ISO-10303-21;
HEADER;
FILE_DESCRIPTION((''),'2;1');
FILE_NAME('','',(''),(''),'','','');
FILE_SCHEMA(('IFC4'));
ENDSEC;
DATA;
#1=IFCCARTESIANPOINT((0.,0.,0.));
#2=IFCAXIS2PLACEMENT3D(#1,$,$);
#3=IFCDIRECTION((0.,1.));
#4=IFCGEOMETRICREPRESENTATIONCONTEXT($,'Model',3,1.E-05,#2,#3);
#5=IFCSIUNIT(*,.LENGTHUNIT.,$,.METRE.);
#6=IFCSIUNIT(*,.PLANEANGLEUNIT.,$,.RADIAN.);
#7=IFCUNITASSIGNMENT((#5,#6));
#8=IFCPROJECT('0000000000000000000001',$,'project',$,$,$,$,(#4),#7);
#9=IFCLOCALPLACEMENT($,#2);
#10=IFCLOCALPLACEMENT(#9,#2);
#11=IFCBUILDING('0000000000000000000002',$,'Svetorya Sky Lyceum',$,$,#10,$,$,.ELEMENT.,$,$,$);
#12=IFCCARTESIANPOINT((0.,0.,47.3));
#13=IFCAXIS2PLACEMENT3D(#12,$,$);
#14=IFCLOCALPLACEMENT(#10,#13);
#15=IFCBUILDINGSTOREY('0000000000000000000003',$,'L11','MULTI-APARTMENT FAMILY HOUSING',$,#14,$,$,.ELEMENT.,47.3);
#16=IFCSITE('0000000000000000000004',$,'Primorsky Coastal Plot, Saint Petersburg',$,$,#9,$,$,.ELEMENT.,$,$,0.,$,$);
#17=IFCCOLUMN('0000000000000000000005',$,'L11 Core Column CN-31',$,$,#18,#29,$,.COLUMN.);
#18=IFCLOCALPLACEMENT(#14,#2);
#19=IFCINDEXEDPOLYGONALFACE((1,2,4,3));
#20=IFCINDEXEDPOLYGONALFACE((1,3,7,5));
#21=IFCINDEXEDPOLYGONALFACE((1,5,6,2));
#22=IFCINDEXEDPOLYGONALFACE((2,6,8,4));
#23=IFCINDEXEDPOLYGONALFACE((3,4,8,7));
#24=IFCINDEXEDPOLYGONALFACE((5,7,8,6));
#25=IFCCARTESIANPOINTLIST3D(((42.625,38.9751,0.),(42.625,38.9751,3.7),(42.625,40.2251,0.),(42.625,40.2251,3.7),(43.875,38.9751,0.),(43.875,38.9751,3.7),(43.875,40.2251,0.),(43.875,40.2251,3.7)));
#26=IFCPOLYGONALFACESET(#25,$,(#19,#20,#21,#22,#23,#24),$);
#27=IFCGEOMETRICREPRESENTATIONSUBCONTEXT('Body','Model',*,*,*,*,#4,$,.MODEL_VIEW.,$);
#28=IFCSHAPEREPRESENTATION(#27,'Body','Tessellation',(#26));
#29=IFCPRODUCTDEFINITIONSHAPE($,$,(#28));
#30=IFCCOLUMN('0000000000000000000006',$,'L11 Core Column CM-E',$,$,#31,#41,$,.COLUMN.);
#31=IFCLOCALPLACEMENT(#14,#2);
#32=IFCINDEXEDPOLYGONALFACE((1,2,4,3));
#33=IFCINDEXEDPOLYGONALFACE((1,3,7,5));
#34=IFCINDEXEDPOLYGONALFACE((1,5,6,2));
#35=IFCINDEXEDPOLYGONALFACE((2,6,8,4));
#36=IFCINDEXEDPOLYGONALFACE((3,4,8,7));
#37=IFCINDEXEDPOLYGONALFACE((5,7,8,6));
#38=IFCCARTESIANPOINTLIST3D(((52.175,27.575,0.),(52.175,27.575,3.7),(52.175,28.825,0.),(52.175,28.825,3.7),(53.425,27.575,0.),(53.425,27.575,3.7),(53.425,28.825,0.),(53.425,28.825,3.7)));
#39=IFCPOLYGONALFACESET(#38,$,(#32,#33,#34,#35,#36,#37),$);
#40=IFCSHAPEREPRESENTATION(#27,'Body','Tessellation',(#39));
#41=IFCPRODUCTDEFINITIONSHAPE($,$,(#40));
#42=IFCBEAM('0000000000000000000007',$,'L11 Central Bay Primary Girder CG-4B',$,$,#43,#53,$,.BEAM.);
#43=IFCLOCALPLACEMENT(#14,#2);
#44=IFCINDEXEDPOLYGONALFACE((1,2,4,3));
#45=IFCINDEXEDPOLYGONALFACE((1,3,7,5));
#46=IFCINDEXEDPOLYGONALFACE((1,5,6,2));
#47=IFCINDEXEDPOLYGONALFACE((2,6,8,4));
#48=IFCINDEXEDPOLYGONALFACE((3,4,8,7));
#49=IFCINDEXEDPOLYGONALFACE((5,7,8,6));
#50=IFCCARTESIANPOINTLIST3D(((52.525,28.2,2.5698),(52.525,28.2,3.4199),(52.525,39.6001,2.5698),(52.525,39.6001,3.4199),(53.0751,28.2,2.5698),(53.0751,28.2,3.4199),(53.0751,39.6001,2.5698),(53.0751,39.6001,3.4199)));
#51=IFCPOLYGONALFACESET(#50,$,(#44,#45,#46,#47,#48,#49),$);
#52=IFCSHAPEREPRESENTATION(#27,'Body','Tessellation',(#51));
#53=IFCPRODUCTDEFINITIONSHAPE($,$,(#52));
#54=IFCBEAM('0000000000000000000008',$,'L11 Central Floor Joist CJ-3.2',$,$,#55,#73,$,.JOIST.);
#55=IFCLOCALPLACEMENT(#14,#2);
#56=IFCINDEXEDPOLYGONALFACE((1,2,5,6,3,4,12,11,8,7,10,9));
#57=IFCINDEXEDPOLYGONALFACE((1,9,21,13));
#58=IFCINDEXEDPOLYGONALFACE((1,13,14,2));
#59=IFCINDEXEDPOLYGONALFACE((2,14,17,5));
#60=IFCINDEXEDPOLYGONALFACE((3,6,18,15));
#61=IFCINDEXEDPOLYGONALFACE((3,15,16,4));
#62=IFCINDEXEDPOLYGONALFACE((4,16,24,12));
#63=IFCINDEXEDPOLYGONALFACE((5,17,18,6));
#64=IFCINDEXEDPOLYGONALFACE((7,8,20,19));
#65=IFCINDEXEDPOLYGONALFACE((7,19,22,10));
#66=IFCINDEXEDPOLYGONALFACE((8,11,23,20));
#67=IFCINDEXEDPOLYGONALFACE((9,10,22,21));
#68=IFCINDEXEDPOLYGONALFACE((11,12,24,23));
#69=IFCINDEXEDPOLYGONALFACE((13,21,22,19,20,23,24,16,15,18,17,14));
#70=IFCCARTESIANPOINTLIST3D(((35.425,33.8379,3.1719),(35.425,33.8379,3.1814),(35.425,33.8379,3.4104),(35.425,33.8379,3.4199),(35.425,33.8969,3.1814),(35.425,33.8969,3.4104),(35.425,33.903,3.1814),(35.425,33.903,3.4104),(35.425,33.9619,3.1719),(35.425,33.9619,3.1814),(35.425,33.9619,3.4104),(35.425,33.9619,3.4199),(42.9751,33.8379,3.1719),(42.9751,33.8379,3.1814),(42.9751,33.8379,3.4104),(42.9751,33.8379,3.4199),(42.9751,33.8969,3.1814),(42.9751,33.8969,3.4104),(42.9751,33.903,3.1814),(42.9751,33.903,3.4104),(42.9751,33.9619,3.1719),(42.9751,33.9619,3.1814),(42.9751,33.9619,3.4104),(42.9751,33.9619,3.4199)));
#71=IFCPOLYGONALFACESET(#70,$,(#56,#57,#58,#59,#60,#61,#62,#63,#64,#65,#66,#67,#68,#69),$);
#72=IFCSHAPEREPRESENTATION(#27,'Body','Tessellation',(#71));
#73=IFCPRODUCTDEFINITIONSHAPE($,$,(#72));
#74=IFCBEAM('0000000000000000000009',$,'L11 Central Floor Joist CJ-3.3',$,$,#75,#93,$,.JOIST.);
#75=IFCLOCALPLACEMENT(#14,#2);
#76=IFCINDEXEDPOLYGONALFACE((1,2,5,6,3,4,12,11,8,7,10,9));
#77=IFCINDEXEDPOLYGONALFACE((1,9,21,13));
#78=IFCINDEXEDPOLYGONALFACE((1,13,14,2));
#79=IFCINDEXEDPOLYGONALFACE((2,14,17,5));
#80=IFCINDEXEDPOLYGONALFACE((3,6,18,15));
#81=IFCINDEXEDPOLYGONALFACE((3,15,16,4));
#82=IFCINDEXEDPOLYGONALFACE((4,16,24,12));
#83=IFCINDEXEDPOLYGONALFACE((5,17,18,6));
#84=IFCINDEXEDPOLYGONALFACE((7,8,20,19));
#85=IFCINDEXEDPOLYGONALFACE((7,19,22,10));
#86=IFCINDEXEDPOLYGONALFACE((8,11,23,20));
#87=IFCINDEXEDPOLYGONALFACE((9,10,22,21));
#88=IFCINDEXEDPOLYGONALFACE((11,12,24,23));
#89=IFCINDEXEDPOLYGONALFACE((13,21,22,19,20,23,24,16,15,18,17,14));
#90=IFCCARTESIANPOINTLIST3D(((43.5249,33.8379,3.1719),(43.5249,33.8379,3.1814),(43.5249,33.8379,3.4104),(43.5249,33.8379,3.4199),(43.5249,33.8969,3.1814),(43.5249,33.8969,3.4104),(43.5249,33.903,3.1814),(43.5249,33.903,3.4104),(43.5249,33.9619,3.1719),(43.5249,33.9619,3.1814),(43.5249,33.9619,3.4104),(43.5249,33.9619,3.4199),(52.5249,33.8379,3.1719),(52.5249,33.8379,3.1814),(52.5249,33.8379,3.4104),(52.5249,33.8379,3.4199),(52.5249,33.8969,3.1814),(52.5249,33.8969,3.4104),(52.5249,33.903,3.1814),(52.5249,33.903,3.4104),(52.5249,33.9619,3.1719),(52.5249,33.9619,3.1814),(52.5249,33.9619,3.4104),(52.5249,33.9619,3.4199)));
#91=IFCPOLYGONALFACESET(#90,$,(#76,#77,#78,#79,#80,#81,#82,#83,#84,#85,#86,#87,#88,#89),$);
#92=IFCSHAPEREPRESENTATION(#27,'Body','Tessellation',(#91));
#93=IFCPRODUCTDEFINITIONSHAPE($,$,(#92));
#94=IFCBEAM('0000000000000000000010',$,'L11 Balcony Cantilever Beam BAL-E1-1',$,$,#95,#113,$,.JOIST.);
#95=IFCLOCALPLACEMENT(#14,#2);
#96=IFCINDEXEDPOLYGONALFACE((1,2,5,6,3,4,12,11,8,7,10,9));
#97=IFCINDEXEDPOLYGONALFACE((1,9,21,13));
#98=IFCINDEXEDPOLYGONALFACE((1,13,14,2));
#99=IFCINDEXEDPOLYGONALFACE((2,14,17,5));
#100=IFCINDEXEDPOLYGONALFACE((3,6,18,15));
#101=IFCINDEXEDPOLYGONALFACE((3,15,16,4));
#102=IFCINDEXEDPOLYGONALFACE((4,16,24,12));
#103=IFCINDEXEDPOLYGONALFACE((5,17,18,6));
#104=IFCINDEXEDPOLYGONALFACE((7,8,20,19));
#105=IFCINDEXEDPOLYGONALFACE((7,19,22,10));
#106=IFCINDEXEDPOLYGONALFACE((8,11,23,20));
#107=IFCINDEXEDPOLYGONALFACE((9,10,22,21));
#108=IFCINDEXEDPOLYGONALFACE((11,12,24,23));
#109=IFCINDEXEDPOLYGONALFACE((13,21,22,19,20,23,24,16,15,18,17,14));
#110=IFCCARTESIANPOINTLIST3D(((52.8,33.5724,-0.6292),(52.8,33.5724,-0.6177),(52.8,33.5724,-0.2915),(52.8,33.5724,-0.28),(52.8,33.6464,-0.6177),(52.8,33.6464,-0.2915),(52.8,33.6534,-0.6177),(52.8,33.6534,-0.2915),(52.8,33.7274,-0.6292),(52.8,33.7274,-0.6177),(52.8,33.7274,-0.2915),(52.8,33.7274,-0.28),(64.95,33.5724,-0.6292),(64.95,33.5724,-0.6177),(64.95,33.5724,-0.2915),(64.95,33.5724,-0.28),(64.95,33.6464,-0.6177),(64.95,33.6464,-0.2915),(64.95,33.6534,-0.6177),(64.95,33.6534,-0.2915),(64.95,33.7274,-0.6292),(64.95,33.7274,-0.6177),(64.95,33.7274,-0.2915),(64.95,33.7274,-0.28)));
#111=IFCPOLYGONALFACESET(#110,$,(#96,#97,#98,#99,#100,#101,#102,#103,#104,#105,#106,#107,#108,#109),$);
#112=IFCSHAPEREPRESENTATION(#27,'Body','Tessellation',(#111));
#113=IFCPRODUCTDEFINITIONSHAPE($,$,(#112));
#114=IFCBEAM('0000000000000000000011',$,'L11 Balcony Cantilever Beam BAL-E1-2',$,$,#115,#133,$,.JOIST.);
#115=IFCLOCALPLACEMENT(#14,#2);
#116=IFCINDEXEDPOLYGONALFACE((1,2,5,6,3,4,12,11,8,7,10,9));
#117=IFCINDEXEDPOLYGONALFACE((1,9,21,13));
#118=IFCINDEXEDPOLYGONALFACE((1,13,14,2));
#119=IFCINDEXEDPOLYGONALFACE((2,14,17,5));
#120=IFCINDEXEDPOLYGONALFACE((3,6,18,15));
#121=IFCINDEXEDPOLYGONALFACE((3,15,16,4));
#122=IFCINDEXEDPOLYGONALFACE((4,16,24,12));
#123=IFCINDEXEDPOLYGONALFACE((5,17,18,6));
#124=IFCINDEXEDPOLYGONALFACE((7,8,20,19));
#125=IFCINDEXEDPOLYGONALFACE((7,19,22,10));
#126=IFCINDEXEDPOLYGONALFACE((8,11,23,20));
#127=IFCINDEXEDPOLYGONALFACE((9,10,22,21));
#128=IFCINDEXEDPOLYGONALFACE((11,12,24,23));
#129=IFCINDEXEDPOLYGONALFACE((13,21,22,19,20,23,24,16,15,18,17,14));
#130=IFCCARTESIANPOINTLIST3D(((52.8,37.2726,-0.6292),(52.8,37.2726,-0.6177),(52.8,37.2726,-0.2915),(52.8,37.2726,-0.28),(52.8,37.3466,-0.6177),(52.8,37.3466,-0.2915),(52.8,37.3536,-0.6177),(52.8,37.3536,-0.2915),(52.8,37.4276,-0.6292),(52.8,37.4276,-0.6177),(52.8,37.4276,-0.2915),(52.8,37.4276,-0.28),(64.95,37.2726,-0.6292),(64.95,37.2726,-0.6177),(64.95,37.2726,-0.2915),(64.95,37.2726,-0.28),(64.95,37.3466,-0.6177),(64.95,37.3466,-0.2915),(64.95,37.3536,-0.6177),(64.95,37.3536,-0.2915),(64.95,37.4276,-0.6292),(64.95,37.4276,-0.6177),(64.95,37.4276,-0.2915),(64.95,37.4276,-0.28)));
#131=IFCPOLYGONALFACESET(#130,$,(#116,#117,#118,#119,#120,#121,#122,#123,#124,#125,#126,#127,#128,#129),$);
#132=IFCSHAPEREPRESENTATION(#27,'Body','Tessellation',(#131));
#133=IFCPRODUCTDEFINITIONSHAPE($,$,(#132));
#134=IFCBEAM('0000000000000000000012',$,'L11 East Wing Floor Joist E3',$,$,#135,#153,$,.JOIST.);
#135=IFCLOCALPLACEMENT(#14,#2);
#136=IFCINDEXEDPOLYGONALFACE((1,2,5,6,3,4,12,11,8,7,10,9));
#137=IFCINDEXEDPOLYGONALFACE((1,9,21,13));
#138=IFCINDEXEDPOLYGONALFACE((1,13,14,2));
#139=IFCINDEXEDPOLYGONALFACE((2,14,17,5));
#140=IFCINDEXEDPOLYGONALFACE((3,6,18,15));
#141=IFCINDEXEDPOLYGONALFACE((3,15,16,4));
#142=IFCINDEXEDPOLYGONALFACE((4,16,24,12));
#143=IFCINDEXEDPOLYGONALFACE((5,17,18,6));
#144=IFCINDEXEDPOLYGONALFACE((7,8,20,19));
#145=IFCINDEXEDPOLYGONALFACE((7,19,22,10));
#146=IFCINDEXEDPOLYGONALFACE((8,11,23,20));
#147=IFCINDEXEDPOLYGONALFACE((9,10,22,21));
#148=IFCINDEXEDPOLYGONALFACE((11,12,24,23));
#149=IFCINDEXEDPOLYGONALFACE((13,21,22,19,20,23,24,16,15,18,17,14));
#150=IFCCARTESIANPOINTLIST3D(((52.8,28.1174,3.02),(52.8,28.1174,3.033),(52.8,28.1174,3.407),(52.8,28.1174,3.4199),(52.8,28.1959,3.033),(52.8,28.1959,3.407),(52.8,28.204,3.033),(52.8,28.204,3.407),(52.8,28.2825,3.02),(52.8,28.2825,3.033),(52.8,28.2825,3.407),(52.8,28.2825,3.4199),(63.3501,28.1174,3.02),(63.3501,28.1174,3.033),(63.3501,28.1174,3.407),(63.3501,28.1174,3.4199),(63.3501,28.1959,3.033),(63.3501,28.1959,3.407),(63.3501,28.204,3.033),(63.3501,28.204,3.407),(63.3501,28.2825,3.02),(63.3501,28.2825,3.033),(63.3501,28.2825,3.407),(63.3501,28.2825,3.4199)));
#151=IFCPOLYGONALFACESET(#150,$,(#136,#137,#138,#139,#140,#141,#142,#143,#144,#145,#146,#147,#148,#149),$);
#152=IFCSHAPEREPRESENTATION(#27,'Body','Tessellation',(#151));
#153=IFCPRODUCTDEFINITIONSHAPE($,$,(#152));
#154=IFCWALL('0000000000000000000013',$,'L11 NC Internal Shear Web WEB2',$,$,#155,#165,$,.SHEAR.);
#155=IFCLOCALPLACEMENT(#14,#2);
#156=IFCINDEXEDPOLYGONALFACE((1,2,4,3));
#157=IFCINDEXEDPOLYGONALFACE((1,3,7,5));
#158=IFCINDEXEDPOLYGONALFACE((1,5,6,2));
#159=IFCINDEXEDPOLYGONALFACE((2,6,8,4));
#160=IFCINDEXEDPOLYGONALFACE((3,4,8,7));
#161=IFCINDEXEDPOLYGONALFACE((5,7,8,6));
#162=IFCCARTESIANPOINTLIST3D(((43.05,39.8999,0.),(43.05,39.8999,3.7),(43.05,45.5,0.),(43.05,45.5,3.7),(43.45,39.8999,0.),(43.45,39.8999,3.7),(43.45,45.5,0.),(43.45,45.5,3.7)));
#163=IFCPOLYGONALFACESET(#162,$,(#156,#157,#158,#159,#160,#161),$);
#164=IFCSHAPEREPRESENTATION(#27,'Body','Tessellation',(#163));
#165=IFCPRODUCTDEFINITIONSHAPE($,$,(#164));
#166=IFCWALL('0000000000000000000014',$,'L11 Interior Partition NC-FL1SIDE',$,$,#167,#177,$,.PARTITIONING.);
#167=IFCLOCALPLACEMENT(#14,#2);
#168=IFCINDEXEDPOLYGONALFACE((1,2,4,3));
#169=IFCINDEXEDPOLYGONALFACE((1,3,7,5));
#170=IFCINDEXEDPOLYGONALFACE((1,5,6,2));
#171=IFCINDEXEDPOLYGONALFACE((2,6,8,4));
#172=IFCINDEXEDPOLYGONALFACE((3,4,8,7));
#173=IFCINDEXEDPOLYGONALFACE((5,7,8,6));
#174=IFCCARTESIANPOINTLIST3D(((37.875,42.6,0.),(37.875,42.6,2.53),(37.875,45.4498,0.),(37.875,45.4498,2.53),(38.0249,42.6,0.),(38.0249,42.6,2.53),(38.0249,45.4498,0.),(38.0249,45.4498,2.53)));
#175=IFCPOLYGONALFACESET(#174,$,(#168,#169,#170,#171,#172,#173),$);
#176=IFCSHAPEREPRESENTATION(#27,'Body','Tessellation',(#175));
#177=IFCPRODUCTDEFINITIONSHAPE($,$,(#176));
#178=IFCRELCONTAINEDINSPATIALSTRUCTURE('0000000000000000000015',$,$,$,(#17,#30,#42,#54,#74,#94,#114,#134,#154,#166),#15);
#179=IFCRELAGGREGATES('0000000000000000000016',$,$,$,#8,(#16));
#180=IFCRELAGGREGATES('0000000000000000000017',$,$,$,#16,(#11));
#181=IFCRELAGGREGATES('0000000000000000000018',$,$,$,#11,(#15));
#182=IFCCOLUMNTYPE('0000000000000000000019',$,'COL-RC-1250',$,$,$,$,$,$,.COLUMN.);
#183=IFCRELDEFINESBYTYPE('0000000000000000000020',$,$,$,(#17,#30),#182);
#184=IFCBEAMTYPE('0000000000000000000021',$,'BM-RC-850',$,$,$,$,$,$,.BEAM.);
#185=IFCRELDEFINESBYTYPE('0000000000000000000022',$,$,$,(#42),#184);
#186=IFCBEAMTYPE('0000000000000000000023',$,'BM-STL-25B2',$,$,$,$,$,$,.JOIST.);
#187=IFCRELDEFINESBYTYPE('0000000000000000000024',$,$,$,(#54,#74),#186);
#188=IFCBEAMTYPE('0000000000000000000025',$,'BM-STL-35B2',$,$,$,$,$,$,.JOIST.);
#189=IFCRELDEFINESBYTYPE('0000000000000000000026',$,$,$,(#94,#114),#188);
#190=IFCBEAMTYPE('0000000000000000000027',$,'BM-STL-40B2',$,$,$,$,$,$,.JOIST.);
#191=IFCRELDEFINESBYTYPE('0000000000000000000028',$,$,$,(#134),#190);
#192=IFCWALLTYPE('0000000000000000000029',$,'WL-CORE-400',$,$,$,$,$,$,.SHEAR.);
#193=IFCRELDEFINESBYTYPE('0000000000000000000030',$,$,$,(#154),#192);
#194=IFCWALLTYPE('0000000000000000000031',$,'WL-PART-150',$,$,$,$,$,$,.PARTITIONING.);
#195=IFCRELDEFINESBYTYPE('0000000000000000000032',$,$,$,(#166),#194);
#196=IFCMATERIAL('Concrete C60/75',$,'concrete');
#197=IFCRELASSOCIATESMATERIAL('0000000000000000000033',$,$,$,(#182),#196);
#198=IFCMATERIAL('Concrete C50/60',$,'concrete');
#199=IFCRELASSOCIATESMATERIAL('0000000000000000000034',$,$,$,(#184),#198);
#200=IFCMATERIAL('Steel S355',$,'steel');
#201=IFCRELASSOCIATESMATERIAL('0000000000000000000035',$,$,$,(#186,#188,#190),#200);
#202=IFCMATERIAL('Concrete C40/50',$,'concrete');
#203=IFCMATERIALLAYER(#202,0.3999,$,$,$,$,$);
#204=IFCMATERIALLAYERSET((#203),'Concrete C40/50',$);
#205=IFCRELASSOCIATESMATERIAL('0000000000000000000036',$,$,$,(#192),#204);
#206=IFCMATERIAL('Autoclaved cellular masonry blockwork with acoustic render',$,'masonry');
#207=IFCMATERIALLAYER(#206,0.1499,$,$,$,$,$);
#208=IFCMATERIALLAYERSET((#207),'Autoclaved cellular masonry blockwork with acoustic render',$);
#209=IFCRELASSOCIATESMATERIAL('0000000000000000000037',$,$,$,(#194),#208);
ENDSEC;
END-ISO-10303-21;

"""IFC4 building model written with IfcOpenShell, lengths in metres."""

from ifc_helpers import new_model, si_unit, direction, frame, frame_2d, origin, origin_2d, place, context, subcontext, project, spatial, rectangle, i_section, extrude, material, layer, layer_set, material_profile, profile_set, type_object, element, save


model = new_model("IFC4")

# Units and contexts
model_context = context("Model", 3, precision=1e-05, world=origin(), true_north=direction((0.0, 1.0)))
body_context = subcontext(model_context, "Body", "Model", "MODEL_VIEW")
ifc_project = project(units=[si_unit("LENGTHUNIT", "METRE"), si_unit("PLANEANGLEUNIT", "RADIAN")], contexts=[model_context])

# Site, building, storey
site_placement = place(None, origin())
site = spatial("IfcSite", under=ifc_project, at=site_placement, Name="Primorsky Coastal Plot, Saint Petersburg", CompositionType="ELEMENT", RefElevation=0.0)
building_placement = place(site_placement, origin())
building = spatial("IfcBuilding", under=site, at=building_placement, Name="Svetorya Sky Lyceum", CompositionType="ELEMENT")
storey_placement = place(building_placement, frame((0.0, 0.0, 47.3)))
storey = spatial("IfcBuildingStorey", under=building, at=storey_placement, Name="L11", Description="MULTI-APARTMENT FAMILY HOUSING", CompositionType="ELEMENT", Elevation=47.3)

# Columns
ifc_material_1 = material(Name="Concrete C60/75", Category="concrete")
ifc_material_profile_1 = material_profile(ifc_material_1, rectangle(XDim=1.25, YDim=1.25, at=origin_2d()), Name="RC COL 1250x1250")
ifc_profile_set_1 = profile_set([ifc_material_profile_1], Name="Concrete C60/75")
column_type = type_object("IfcColumnType", Name="COL-RC-1250", PredefinedType="COLUMN", material=ifc_profile_set_1)
for number, where, z_axis, x_axis, name in (
    (1, (43.25, 39.6001, 0.0), (0.0, 0.0, 1.0), (1.0, 0.0, 0.0), "L11 Core Column CN-31"),
    (2, (52.8, 28.2, 0.0), (0.0, 0.0, 1.0), (1.0, 0.0, 0.0), "L11 Core Column CM-E"),
):
    element("IfcColumn", number, at=place(storey_placement, frame(where, z_axis=z_axis, x_axis=x_axis)), inside=storey, type_object=column_type, Name=name, PredefinedType="COLUMN", context=body_context, shape_type="SweptSolid", body=[
        extrude(rectangle(XDim=1.25, YDim=1.25, at=origin_2d()), origin(), (0.0, 0.0, 1.0), 3.7),
    ])

# Beams
ifc_material_2 = material(Name="Concrete C50/60", Category="concrete")
ifc_material_profile_2 = material_profile(ifc_material_2, rectangle(XDim=0.55, YDim=0.8501, at=origin_2d()), Name="RC BEAM 550x850")
ifc_profile_set_2 = profile_set([ifc_material_profile_2], Name="Concrete C50/60")
beam_type_1 = type_object("IfcBeamType", Name="BM-RC-850", PredefinedType="BEAM", material=ifc_profile_set_2)
beam_1_placement = place(storey_placement, frame((52.8, 28.2, 2.9949), z_axis=(0.0, 1.0, 0.0), x_axis=(-1.0, 0.0, 0.0)))
element("IfcBeam", 3, at=beam_1_placement, inside=storey, type_object=beam_type_1, Name="L11 Central Bay Primary Girder CG-4B", PredefinedType="BEAM", context=body_context, shape_type="SweptSolid", body=[
    extrude(rectangle(XDim=0.55, YDim=0.8501, at=origin_2d()), origin(), (0.0, 0.0, 1.0), 11.4001),
])
ifc_material_3 = material(Name="Steel S355", Category="steel")
ifc_material_profile_3 = material_profile(ifc_material_3, i_section(OverallWidth=0.124, OverallDepth=0.248, WebThickness=0.0061, FlangeThickness=0.0095, at=origin_2d()), Name="GOST 25B2")
ifc_profile_set_3 = profile_set([ifc_material_profile_3], Name="Steel S355")
beam_type_2 = type_object("IfcBeamType", Name="BM-STL-25B2", PredefinedType="JOIST", material=ifc_profile_set_3)
beam_2_placement = place(storey_placement, frame((35.425, 33.8999, 3.2959), z_axis=(1.0, 0.0, 0.0), x_axis=(0.0, 1.0, 0.0)))
element("IfcBeam", 4, at=beam_2_placement, inside=storey, type_object=beam_type_2, Name="L11 Central Floor Joist CJ-3.2", PredefinedType="JOIST", context=body_context, shape_type="SweptSolid", body=[
    extrude(i_section(OverallWidth=0.124, OverallDepth=0.248, WebThickness=0.0061, FlangeThickness=0.0095, at=origin_2d()), origin(), (0.0, 0.0, 1.0), 7.55),
])
beam_3_placement = place(storey_placement, frame((43.5249, 33.8999, 3.2959), z_axis=(1.0, 0.0, 0.0), x_axis=(0.0, 1.0, 0.0)))
element("IfcBeam", 5, at=beam_3_placement, inside=storey, type_object=beam_type_2, Name="L11 Central Floor Joist CJ-3.3", PredefinedType="JOIST", context=body_context, shape_type="SweptSolid", body=[
    extrude(i_section(OverallWidth=0.124, OverallDepth=0.248, WebThickness=0.0061, FlangeThickness=0.0095, at=origin_2d()), origin(), (0.0, 0.0, 1.0), 9.0),
])
ifc_material_profile_4 = material_profile(ifc_material_3, i_section(OverallWidth=0.155, OverallDepth=0.3491, WebThickness=0.0071, FlangeThickness=0.0115, at=origin_2d()), Name="GOST 35B2")
ifc_profile_set_4 = profile_set([ifc_material_profile_4], Name="Steel S355")
beam_type_3 = type_object("IfcBeamType", Name="BM-STL-35B2", PredefinedType="JOIST", material=ifc_profile_set_4)
for number, where, z_axis, x_axis, name in (
    (6, (52.8, 33.6499, -0.4546), (1.0, 0.0, 0.0), (0.0, 1.0, 0.0), "L11 Balcony Cantilever Beam BAL-E1-1"),
    (7, (52.8, 37.3501, -0.4546), (1.0, 0.0, 0.0), (0.0, 1.0, 0.0), "L11 Balcony Cantilever Beam BAL-E1-2"),
):
    element("IfcBeam", number, at=place(storey_placement, frame(where, z_axis=z_axis, x_axis=x_axis)), inside=storey, type_object=beam_type_3, Name=name, PredefinedType="JOIST", context=body_context, shape_type="SweptSolid", body=[
        extrude(i_section(OverallWidth=0.155, OverallDepth=0.3491, WebThickness=0.0071, FlangeThickness=0.0115, at=origin_2d()), origin(), (0.0, 0.0, 1.0), 12.1499),
    ])
ifc_material_profile_5 = material_profile(ifc_material_3, i_section(OverallWidth=0.165, OverallDepth=0.3999, WebThickness=0.0081, FlangeThickness=0.0129, at=origin_2d()), Name="GOST 40B2")
ifc_profile_set_5 = profile_set([ifc_material_profile_5], Name="Steel S355")
beam_type_4 = type_object("IfcBeamType", Name="BM-STL-40B2", PredefinedType="JOIST", material=ifc_profile_set_5)
beam_4_placement = place(storey_placement, frame((52.8, 28.2, 3.22), z_axis=(1.0, 0.0, 0.0), x_axis=(0.0, 1.0, 0.0)))
element("IfcBeam", 8, at=beam_4_placement, inside=storey, type_object=beam_type_4, Name="L11 East Wing Floor Joist E3", PredefinedType="JOIST", context=body_context, shape_type="SweptSolid", body=[
    extrude(i_section(OverallWidth=0.165, OverallDepth=0.3999, WebThickness=0.0081, FlangeThickness=0.0129, at=origin_2d()), origin(), (0.0, 0.0, 1.0), 10.55),
])

# Wall
ifc_material_4 = material(Name="Concrete C40/50", Category="concrete")
ifc_layer_1 = layer(ifc_material_4, 0.3999)
ifc_layer_set_1 = layer_set([ifc_layer_1], Name="Concrete C40/50")
wall_type_1 = type_object("IfcWallType", Name="WL-CORE-400", PredefinedType="SHEAR", material=ifc_layer_set_1)
wall_1_placement = place(storey_placement, frame((43.25, 39.8999, 0.0), z_axis=(0.0, 0.0, 1.0), x_axis=(0.0, 1.0, 0.0)))
element("IfcWall", 9, at=wall_1_placement, inside=storey, type_object=wall_type_1, Name="L11 NC Internal Shear Web WEB2", PredefinedType="SHEAR", context=body_context, shape_type="SweptSolid", body=[
    extrude(rectangle(XDim=5.6001, YDim=0.3999, at=frame_2d((2.8, 0.0))), origin(), (0.0, 0.0, 1.0), 3.7),
])

# Wall
ifc_material_5 = material(Name="Autoclaved cellular masonry blockwork with acoustic render", Category="masonry")
ifc_layer_2 = layer(ifc_material_5, 0.1499)
ifc_layer_set_2 = layer_set([ifc_layer_2], Name="Autoclaved cellular masonry blockwork with acoustic render")
wall_type_2 = type_object("IfcWallType", Name="WL-PART-150", PredefinedType="PARTITIONING", material=ifc_layer_set_2)
wall_2_placement = place(storey_placement, frame((37.95, 42.6001, 0.0), z_axis=(0.0, 0.0, 1.0), x_axis=(0.0, 1.0, 0.0)))
element("IfcWall", 10, at=wall_2_placement, inside=storey, type_object=wall_type_2, Name="L11 Interior Partition NC-FL1SIDE", PredefinedType="PARTITIONING", context=body_context, shape_type="SweptSolid", body=[
    extrude(rectangle(XDim=2.8499, YDim=0.1499, at=frame_2d((1.4248, 0.0))), origin(), (0.0, 0.0, 1.0), 2.53),
])

save(model, "model.ifc")
